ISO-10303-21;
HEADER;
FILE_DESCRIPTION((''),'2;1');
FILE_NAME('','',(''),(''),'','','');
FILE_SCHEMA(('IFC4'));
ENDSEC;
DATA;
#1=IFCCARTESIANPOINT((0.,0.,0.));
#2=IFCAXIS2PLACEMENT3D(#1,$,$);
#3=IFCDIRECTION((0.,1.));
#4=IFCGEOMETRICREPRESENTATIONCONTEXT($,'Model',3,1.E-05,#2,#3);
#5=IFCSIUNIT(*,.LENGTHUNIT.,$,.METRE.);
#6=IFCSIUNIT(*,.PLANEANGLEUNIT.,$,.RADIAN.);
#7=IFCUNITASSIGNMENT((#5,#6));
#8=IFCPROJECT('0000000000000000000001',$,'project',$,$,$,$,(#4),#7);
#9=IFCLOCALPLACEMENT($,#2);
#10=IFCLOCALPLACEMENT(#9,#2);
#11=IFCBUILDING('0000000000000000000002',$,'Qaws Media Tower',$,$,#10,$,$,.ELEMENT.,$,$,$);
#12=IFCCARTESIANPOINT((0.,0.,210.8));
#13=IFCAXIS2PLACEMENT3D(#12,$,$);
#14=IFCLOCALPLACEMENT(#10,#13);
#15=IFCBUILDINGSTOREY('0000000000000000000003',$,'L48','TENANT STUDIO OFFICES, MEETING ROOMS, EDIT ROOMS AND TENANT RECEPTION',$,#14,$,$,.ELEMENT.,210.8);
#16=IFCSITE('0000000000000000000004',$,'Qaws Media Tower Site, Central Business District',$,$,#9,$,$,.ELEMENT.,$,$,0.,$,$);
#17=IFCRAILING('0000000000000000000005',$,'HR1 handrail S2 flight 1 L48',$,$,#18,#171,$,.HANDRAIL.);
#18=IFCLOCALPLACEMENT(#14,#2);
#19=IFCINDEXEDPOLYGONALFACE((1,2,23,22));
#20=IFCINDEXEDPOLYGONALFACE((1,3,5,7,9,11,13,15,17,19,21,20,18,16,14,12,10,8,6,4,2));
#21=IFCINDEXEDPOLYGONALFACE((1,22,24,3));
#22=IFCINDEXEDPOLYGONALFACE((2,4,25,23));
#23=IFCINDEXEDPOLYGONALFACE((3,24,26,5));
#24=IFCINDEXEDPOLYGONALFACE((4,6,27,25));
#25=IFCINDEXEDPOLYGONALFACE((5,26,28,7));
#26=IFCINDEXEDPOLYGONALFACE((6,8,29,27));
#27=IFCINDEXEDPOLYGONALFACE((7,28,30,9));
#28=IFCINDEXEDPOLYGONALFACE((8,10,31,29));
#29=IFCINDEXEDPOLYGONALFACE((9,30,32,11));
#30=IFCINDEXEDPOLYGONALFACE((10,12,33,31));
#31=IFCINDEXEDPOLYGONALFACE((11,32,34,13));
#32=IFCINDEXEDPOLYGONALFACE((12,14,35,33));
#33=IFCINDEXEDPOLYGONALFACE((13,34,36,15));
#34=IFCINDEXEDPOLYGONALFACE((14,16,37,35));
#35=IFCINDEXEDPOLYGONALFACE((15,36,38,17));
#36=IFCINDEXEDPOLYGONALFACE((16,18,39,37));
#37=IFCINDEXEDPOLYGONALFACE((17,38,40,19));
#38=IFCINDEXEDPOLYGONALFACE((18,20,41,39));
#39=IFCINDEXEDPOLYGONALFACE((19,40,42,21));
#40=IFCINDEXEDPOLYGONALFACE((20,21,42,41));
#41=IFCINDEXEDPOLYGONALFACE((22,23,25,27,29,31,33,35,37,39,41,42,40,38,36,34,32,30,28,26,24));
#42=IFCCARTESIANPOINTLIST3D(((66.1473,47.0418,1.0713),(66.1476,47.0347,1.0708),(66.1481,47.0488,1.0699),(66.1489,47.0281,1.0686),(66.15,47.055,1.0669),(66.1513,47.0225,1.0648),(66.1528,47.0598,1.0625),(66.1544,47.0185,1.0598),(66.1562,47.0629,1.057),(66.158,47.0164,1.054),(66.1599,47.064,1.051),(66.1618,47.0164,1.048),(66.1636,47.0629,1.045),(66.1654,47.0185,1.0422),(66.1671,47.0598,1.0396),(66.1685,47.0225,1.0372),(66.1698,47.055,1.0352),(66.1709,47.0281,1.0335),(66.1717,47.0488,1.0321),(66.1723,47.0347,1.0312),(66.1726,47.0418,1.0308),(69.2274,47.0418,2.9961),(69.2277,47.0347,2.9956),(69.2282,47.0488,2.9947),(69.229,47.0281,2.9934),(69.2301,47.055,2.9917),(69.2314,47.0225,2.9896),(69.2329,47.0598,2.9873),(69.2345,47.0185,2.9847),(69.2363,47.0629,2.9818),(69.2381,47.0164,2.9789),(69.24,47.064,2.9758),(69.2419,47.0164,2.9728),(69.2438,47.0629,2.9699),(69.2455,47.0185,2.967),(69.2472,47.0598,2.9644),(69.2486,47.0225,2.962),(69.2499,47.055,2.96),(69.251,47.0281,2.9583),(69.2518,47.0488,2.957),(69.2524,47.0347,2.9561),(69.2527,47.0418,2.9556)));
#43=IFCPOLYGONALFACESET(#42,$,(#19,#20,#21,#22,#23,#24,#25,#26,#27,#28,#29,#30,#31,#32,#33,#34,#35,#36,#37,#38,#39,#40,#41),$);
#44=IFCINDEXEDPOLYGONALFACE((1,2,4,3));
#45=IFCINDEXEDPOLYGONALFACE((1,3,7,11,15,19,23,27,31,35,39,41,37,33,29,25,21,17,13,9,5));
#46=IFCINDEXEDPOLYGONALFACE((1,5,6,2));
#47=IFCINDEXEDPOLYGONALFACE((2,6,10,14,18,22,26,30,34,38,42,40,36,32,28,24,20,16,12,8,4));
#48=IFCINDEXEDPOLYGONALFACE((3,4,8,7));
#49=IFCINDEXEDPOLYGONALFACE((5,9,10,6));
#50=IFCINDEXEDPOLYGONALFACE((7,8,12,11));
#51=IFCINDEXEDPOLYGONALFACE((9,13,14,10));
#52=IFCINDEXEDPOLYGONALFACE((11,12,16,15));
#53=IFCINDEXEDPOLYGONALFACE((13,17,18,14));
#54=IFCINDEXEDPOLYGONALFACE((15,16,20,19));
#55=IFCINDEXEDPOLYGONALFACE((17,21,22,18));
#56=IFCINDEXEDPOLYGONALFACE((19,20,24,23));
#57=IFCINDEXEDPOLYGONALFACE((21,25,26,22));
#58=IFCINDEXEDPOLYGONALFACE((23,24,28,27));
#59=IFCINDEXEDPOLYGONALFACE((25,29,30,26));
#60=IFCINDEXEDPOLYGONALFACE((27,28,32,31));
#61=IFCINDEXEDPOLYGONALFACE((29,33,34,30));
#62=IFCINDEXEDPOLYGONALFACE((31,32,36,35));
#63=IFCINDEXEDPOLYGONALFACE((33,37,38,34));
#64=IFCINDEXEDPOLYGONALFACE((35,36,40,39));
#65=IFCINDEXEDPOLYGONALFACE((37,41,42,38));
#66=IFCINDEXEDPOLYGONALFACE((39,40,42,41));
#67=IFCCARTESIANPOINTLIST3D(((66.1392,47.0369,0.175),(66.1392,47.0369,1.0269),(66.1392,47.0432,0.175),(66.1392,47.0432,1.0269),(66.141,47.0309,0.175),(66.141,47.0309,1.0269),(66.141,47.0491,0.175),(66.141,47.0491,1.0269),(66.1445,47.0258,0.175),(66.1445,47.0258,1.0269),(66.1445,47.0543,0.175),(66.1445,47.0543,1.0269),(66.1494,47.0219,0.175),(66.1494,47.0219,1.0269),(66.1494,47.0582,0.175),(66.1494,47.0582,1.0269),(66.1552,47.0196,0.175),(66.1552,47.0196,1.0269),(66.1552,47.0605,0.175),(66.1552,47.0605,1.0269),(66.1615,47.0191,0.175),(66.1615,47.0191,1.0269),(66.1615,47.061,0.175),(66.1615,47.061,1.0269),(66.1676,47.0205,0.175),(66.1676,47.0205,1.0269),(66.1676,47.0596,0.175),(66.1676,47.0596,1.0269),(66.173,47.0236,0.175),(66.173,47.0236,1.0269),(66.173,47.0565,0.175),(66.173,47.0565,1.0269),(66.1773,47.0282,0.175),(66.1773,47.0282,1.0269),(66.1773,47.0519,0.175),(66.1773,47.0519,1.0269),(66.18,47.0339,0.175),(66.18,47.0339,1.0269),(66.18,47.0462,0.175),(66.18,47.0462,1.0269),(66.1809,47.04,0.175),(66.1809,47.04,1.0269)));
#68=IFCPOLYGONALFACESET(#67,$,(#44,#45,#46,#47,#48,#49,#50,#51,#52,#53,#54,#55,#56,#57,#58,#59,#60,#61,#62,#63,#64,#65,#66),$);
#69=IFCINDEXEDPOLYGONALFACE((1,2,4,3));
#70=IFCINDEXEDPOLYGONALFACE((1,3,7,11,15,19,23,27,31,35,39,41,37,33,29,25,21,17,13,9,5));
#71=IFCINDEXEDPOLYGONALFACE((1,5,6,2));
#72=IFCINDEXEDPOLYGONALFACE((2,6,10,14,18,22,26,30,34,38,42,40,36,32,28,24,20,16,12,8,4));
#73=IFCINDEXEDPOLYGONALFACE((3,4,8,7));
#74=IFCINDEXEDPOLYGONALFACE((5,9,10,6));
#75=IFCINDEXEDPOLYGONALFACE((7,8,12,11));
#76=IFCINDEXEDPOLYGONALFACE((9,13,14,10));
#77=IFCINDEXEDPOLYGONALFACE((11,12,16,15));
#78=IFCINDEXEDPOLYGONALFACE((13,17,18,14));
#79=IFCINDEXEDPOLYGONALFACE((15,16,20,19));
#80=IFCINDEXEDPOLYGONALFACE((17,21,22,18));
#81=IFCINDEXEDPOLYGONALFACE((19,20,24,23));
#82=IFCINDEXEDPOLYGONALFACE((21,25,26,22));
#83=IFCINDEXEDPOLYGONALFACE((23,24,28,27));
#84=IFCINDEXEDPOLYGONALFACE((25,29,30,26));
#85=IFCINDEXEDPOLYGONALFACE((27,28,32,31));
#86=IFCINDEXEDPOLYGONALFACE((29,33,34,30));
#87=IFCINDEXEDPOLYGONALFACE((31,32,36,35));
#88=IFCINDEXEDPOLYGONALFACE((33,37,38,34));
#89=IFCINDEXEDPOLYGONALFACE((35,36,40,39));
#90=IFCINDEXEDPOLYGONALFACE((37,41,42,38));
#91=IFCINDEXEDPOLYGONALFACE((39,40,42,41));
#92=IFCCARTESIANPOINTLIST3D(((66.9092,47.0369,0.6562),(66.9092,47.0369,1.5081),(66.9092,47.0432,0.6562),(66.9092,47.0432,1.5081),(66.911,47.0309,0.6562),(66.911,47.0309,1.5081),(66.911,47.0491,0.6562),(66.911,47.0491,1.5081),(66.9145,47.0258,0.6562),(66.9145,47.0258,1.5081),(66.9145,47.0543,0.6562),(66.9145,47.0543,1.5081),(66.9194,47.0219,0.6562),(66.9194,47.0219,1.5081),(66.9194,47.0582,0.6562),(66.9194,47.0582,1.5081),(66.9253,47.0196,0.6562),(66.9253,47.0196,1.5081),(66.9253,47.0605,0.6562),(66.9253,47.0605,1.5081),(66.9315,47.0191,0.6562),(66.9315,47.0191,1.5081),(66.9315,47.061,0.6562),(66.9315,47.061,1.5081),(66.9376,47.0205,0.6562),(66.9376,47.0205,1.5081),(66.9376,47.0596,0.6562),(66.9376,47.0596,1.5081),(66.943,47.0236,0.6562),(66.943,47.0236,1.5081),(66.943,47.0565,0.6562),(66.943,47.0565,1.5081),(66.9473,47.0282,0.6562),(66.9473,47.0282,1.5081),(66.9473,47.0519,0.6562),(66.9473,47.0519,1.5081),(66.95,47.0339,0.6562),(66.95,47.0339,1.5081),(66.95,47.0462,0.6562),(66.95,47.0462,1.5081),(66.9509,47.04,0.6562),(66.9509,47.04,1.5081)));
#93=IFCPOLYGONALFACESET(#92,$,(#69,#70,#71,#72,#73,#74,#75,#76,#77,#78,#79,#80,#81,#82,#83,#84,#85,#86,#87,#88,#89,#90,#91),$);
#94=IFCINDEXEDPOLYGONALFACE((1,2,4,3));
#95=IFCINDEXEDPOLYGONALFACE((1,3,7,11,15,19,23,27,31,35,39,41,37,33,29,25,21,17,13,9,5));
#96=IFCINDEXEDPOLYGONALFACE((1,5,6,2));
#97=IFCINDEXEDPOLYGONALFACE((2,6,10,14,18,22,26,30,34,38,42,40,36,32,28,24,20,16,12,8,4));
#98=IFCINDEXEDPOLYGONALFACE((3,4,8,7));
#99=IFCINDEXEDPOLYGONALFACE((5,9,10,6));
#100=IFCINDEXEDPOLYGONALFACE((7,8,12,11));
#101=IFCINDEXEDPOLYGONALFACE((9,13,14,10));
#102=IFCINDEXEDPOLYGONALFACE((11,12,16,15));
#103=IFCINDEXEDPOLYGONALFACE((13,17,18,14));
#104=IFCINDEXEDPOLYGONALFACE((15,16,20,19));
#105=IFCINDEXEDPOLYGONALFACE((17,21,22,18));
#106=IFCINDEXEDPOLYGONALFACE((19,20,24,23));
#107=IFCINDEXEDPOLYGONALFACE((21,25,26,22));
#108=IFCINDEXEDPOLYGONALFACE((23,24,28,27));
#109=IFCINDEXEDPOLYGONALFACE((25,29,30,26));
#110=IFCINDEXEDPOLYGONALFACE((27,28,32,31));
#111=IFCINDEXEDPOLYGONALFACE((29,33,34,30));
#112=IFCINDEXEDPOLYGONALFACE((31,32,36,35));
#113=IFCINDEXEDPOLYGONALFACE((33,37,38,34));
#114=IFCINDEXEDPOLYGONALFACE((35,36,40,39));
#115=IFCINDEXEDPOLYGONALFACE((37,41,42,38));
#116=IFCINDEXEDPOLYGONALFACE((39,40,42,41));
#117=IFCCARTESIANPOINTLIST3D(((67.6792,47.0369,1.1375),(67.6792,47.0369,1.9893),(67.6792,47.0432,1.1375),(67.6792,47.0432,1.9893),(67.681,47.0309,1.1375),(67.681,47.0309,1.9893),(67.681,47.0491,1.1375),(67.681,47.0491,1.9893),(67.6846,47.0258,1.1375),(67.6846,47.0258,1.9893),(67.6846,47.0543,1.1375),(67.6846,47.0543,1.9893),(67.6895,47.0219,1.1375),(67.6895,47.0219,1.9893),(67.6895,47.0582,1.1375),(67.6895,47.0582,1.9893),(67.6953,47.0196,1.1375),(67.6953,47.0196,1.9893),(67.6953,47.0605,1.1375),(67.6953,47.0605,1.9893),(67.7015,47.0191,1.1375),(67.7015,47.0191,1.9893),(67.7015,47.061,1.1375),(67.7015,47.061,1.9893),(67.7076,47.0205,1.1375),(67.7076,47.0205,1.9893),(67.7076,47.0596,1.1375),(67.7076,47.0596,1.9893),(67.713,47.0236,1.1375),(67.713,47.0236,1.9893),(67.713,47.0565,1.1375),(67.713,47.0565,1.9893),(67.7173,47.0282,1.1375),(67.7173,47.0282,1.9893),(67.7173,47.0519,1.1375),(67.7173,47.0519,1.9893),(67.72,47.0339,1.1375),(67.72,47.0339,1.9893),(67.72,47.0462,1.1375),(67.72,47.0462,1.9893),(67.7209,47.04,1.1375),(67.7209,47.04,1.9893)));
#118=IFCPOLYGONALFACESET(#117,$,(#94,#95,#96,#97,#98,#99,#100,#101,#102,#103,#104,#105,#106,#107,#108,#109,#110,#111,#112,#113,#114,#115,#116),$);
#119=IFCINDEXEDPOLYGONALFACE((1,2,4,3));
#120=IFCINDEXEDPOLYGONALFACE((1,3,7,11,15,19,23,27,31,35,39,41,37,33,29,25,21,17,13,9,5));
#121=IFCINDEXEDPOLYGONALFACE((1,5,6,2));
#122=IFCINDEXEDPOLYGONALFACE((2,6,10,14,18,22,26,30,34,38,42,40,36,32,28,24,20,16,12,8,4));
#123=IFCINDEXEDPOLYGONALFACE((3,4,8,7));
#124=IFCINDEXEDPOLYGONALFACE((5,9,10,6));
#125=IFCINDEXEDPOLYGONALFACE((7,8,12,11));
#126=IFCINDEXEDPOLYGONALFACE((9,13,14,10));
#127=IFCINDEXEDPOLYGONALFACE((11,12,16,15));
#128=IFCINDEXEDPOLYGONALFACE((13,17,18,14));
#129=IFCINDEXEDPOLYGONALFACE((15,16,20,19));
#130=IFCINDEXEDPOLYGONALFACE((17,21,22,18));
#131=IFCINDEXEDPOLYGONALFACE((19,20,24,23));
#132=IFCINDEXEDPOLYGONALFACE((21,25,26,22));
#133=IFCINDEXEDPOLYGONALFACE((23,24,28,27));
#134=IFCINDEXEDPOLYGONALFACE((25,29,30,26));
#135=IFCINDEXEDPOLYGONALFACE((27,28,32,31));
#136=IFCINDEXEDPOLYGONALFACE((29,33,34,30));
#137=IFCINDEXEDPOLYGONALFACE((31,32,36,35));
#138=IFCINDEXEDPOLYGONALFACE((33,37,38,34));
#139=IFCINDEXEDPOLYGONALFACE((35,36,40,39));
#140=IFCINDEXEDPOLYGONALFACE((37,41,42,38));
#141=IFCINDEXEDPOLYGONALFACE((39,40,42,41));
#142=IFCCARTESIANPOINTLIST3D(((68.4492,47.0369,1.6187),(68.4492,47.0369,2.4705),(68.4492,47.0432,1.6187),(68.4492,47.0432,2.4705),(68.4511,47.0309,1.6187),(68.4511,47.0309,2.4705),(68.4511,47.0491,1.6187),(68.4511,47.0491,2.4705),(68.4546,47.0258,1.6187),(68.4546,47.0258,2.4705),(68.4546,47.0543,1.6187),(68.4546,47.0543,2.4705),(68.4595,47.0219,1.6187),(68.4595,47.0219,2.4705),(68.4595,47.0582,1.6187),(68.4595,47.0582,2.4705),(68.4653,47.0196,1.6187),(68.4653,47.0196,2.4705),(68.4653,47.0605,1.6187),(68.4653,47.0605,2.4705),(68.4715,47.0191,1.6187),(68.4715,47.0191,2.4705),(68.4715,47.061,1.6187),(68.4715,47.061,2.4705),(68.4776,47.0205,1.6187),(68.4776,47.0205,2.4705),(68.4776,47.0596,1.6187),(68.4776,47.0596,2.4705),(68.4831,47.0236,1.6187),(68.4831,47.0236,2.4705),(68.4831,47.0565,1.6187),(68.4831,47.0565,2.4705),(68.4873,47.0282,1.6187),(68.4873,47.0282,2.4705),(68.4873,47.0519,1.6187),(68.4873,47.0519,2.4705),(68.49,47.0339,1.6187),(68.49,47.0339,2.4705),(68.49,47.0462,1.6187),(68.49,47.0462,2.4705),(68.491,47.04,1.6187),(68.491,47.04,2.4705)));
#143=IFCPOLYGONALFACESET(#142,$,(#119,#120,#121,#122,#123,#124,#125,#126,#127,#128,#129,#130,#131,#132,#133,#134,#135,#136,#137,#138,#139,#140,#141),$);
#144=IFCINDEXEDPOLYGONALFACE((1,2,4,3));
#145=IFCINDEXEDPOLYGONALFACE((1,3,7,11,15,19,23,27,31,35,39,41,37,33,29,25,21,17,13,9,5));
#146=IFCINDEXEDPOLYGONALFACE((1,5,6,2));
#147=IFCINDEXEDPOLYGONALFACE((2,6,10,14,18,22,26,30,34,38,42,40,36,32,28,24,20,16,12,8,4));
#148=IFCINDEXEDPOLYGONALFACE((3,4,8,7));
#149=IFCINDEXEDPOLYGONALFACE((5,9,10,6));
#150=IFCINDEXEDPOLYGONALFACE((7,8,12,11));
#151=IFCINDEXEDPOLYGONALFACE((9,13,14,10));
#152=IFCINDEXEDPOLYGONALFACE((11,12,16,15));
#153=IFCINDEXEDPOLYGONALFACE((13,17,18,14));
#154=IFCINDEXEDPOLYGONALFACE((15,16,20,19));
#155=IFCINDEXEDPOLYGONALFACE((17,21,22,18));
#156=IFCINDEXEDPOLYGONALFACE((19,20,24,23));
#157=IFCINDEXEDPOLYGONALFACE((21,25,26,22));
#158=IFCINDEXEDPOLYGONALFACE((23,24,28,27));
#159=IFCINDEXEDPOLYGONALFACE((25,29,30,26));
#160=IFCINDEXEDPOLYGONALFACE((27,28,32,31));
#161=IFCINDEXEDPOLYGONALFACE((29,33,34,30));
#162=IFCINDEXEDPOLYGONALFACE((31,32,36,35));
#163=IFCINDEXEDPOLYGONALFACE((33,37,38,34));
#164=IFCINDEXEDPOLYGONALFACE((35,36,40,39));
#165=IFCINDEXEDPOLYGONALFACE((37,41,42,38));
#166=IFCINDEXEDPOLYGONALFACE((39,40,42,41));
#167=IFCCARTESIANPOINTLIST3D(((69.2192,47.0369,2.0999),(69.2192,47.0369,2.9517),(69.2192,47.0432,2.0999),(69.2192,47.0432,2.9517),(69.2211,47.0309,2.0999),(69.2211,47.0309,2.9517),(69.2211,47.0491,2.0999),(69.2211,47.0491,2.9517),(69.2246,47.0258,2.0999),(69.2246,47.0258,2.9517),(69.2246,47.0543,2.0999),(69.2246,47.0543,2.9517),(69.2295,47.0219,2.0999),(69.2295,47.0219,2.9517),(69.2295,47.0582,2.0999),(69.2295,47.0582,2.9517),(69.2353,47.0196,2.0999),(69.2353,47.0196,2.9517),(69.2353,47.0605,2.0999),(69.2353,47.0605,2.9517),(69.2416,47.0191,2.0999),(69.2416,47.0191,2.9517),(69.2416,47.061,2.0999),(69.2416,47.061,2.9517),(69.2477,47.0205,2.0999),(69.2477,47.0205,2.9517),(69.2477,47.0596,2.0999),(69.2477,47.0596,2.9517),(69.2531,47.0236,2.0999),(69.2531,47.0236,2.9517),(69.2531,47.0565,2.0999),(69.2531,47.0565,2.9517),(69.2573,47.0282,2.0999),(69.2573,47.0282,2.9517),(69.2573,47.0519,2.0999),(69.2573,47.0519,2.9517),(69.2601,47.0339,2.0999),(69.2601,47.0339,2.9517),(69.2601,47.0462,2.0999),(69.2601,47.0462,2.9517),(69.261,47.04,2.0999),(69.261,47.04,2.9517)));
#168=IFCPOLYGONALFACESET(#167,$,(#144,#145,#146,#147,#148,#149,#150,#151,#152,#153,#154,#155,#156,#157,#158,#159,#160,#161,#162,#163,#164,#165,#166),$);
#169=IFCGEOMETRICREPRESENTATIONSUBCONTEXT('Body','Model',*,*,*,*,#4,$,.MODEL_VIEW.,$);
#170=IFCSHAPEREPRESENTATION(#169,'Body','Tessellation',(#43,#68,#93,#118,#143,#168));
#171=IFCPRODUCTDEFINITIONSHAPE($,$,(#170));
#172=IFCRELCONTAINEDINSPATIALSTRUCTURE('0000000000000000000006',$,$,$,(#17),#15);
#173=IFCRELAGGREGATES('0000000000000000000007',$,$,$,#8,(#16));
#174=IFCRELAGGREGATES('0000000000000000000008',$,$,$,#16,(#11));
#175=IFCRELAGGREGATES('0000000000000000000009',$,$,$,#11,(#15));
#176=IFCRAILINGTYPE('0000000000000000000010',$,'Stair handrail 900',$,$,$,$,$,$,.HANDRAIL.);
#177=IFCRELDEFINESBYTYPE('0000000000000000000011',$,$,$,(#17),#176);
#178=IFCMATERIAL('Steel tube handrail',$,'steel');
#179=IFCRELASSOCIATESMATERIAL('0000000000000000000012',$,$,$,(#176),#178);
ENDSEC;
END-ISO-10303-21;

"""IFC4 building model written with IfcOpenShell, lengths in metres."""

from ifc_helpers import new_model, si_unit, direction, frame, origin, origin_2d, place, context, subcontext, project, spatial, circle, extrude, material, type_object, element, save


model = new_model("IFC4")

# Units and contexts
model_context = context("Model", 3, precision=1e-05, world=origin(), true_north=direction((0.0, 1.0)))
body_context = subcontext(model_context, "Body", "Model", "MODEL_VIEW")
ifc_project = project(units=[si_unit("LENGTHUNIT", "METRE"), si_unit("PLANEANGLEUNIT", "RADIAN")], contexts=[model_context])

# Site, building, storey
site_placement = place(None, origin())
site = spatial("IfcSite", under=ifc_project, at=site_placement, Name="Qaws Media Tower Site, Central Business District", CompositionType="ELEMENT", RefElevation=0.0)
building_placement = place(site_placement, origin())
building = spatial("IfcBuilding", under=site, at=building_placement, Name="Qaws Media Tower", CompositionType="ELEMENT")
storey_placement = place(building_placement, frame((0.0, 0.0, 210.8)))
storey = spatial("IfcBuildingStorey", under=building, at=storey_placement, Name="L48", Description="TENANT STUDIO OFFICES, MEETING ROOMS, EDIT ROOMS AND TENANT RECEPTION", CompositionType="ELEMENT", Elevation=210.8)

# Railing
ifc_material_1 = material(Name="Steel tube handrail", Category="steel")
railing_type = type_object("IfcRailingType", Name="Stair handrail 900", PredefinedType="HANDRAIL", material=ifc_material_1)
for number, where, name in (
    (1, (66.1599, 47.04, 0.175), "HR1 handrail S2 flight 1 L48"),
):
    element("IfcRailing", number, at=place(storey_placement, frame(where)), inside=storey, type_object=railing_type, Name=name, PredefinedType="HANDRAIL", context=body_context, shape_type="SweptSolid", body=[
        extrude(circle(Radius=0.0239, at=origin_2d()), frame((0.0, 0.0, 0.876), z_axis=(0.848029, 0.0, 0.529951), x_axis=(0.0, 1.0, 0.0)), (0.0, 0.0, 1.0), 3.6321),
        extrude(circle(Radius=0.021, at=origin_2d()), origin(), (0.0, 0.0, 1.0), 0.8518),
        extrude(circle(Radius=0.021, at=origin_2d()), frame((0.77, 0.0, 0.4812)), (0.0, 0.0, 1.0), 0.8518),
        extrude(circle(Radius=0.021, at=origin_2d()), frame((1.54, 0.0, 0.9624)), (0.0, 0.0, 1.0), 0.8518),
        extrude(circle(Radius=0.021, at=origin_2d()), frame((2.3101, 0.0, 1.4436)), (0.0, 0.0, 1.0), 0.8518),
        extrude(circle(Radius=0.021, at=origin_2d()), frame((3.0801, 0.0, 1.9248)), (0.0, 0.0, 1.0), 0.8518),
    ])

save(model, "model.ifc")
